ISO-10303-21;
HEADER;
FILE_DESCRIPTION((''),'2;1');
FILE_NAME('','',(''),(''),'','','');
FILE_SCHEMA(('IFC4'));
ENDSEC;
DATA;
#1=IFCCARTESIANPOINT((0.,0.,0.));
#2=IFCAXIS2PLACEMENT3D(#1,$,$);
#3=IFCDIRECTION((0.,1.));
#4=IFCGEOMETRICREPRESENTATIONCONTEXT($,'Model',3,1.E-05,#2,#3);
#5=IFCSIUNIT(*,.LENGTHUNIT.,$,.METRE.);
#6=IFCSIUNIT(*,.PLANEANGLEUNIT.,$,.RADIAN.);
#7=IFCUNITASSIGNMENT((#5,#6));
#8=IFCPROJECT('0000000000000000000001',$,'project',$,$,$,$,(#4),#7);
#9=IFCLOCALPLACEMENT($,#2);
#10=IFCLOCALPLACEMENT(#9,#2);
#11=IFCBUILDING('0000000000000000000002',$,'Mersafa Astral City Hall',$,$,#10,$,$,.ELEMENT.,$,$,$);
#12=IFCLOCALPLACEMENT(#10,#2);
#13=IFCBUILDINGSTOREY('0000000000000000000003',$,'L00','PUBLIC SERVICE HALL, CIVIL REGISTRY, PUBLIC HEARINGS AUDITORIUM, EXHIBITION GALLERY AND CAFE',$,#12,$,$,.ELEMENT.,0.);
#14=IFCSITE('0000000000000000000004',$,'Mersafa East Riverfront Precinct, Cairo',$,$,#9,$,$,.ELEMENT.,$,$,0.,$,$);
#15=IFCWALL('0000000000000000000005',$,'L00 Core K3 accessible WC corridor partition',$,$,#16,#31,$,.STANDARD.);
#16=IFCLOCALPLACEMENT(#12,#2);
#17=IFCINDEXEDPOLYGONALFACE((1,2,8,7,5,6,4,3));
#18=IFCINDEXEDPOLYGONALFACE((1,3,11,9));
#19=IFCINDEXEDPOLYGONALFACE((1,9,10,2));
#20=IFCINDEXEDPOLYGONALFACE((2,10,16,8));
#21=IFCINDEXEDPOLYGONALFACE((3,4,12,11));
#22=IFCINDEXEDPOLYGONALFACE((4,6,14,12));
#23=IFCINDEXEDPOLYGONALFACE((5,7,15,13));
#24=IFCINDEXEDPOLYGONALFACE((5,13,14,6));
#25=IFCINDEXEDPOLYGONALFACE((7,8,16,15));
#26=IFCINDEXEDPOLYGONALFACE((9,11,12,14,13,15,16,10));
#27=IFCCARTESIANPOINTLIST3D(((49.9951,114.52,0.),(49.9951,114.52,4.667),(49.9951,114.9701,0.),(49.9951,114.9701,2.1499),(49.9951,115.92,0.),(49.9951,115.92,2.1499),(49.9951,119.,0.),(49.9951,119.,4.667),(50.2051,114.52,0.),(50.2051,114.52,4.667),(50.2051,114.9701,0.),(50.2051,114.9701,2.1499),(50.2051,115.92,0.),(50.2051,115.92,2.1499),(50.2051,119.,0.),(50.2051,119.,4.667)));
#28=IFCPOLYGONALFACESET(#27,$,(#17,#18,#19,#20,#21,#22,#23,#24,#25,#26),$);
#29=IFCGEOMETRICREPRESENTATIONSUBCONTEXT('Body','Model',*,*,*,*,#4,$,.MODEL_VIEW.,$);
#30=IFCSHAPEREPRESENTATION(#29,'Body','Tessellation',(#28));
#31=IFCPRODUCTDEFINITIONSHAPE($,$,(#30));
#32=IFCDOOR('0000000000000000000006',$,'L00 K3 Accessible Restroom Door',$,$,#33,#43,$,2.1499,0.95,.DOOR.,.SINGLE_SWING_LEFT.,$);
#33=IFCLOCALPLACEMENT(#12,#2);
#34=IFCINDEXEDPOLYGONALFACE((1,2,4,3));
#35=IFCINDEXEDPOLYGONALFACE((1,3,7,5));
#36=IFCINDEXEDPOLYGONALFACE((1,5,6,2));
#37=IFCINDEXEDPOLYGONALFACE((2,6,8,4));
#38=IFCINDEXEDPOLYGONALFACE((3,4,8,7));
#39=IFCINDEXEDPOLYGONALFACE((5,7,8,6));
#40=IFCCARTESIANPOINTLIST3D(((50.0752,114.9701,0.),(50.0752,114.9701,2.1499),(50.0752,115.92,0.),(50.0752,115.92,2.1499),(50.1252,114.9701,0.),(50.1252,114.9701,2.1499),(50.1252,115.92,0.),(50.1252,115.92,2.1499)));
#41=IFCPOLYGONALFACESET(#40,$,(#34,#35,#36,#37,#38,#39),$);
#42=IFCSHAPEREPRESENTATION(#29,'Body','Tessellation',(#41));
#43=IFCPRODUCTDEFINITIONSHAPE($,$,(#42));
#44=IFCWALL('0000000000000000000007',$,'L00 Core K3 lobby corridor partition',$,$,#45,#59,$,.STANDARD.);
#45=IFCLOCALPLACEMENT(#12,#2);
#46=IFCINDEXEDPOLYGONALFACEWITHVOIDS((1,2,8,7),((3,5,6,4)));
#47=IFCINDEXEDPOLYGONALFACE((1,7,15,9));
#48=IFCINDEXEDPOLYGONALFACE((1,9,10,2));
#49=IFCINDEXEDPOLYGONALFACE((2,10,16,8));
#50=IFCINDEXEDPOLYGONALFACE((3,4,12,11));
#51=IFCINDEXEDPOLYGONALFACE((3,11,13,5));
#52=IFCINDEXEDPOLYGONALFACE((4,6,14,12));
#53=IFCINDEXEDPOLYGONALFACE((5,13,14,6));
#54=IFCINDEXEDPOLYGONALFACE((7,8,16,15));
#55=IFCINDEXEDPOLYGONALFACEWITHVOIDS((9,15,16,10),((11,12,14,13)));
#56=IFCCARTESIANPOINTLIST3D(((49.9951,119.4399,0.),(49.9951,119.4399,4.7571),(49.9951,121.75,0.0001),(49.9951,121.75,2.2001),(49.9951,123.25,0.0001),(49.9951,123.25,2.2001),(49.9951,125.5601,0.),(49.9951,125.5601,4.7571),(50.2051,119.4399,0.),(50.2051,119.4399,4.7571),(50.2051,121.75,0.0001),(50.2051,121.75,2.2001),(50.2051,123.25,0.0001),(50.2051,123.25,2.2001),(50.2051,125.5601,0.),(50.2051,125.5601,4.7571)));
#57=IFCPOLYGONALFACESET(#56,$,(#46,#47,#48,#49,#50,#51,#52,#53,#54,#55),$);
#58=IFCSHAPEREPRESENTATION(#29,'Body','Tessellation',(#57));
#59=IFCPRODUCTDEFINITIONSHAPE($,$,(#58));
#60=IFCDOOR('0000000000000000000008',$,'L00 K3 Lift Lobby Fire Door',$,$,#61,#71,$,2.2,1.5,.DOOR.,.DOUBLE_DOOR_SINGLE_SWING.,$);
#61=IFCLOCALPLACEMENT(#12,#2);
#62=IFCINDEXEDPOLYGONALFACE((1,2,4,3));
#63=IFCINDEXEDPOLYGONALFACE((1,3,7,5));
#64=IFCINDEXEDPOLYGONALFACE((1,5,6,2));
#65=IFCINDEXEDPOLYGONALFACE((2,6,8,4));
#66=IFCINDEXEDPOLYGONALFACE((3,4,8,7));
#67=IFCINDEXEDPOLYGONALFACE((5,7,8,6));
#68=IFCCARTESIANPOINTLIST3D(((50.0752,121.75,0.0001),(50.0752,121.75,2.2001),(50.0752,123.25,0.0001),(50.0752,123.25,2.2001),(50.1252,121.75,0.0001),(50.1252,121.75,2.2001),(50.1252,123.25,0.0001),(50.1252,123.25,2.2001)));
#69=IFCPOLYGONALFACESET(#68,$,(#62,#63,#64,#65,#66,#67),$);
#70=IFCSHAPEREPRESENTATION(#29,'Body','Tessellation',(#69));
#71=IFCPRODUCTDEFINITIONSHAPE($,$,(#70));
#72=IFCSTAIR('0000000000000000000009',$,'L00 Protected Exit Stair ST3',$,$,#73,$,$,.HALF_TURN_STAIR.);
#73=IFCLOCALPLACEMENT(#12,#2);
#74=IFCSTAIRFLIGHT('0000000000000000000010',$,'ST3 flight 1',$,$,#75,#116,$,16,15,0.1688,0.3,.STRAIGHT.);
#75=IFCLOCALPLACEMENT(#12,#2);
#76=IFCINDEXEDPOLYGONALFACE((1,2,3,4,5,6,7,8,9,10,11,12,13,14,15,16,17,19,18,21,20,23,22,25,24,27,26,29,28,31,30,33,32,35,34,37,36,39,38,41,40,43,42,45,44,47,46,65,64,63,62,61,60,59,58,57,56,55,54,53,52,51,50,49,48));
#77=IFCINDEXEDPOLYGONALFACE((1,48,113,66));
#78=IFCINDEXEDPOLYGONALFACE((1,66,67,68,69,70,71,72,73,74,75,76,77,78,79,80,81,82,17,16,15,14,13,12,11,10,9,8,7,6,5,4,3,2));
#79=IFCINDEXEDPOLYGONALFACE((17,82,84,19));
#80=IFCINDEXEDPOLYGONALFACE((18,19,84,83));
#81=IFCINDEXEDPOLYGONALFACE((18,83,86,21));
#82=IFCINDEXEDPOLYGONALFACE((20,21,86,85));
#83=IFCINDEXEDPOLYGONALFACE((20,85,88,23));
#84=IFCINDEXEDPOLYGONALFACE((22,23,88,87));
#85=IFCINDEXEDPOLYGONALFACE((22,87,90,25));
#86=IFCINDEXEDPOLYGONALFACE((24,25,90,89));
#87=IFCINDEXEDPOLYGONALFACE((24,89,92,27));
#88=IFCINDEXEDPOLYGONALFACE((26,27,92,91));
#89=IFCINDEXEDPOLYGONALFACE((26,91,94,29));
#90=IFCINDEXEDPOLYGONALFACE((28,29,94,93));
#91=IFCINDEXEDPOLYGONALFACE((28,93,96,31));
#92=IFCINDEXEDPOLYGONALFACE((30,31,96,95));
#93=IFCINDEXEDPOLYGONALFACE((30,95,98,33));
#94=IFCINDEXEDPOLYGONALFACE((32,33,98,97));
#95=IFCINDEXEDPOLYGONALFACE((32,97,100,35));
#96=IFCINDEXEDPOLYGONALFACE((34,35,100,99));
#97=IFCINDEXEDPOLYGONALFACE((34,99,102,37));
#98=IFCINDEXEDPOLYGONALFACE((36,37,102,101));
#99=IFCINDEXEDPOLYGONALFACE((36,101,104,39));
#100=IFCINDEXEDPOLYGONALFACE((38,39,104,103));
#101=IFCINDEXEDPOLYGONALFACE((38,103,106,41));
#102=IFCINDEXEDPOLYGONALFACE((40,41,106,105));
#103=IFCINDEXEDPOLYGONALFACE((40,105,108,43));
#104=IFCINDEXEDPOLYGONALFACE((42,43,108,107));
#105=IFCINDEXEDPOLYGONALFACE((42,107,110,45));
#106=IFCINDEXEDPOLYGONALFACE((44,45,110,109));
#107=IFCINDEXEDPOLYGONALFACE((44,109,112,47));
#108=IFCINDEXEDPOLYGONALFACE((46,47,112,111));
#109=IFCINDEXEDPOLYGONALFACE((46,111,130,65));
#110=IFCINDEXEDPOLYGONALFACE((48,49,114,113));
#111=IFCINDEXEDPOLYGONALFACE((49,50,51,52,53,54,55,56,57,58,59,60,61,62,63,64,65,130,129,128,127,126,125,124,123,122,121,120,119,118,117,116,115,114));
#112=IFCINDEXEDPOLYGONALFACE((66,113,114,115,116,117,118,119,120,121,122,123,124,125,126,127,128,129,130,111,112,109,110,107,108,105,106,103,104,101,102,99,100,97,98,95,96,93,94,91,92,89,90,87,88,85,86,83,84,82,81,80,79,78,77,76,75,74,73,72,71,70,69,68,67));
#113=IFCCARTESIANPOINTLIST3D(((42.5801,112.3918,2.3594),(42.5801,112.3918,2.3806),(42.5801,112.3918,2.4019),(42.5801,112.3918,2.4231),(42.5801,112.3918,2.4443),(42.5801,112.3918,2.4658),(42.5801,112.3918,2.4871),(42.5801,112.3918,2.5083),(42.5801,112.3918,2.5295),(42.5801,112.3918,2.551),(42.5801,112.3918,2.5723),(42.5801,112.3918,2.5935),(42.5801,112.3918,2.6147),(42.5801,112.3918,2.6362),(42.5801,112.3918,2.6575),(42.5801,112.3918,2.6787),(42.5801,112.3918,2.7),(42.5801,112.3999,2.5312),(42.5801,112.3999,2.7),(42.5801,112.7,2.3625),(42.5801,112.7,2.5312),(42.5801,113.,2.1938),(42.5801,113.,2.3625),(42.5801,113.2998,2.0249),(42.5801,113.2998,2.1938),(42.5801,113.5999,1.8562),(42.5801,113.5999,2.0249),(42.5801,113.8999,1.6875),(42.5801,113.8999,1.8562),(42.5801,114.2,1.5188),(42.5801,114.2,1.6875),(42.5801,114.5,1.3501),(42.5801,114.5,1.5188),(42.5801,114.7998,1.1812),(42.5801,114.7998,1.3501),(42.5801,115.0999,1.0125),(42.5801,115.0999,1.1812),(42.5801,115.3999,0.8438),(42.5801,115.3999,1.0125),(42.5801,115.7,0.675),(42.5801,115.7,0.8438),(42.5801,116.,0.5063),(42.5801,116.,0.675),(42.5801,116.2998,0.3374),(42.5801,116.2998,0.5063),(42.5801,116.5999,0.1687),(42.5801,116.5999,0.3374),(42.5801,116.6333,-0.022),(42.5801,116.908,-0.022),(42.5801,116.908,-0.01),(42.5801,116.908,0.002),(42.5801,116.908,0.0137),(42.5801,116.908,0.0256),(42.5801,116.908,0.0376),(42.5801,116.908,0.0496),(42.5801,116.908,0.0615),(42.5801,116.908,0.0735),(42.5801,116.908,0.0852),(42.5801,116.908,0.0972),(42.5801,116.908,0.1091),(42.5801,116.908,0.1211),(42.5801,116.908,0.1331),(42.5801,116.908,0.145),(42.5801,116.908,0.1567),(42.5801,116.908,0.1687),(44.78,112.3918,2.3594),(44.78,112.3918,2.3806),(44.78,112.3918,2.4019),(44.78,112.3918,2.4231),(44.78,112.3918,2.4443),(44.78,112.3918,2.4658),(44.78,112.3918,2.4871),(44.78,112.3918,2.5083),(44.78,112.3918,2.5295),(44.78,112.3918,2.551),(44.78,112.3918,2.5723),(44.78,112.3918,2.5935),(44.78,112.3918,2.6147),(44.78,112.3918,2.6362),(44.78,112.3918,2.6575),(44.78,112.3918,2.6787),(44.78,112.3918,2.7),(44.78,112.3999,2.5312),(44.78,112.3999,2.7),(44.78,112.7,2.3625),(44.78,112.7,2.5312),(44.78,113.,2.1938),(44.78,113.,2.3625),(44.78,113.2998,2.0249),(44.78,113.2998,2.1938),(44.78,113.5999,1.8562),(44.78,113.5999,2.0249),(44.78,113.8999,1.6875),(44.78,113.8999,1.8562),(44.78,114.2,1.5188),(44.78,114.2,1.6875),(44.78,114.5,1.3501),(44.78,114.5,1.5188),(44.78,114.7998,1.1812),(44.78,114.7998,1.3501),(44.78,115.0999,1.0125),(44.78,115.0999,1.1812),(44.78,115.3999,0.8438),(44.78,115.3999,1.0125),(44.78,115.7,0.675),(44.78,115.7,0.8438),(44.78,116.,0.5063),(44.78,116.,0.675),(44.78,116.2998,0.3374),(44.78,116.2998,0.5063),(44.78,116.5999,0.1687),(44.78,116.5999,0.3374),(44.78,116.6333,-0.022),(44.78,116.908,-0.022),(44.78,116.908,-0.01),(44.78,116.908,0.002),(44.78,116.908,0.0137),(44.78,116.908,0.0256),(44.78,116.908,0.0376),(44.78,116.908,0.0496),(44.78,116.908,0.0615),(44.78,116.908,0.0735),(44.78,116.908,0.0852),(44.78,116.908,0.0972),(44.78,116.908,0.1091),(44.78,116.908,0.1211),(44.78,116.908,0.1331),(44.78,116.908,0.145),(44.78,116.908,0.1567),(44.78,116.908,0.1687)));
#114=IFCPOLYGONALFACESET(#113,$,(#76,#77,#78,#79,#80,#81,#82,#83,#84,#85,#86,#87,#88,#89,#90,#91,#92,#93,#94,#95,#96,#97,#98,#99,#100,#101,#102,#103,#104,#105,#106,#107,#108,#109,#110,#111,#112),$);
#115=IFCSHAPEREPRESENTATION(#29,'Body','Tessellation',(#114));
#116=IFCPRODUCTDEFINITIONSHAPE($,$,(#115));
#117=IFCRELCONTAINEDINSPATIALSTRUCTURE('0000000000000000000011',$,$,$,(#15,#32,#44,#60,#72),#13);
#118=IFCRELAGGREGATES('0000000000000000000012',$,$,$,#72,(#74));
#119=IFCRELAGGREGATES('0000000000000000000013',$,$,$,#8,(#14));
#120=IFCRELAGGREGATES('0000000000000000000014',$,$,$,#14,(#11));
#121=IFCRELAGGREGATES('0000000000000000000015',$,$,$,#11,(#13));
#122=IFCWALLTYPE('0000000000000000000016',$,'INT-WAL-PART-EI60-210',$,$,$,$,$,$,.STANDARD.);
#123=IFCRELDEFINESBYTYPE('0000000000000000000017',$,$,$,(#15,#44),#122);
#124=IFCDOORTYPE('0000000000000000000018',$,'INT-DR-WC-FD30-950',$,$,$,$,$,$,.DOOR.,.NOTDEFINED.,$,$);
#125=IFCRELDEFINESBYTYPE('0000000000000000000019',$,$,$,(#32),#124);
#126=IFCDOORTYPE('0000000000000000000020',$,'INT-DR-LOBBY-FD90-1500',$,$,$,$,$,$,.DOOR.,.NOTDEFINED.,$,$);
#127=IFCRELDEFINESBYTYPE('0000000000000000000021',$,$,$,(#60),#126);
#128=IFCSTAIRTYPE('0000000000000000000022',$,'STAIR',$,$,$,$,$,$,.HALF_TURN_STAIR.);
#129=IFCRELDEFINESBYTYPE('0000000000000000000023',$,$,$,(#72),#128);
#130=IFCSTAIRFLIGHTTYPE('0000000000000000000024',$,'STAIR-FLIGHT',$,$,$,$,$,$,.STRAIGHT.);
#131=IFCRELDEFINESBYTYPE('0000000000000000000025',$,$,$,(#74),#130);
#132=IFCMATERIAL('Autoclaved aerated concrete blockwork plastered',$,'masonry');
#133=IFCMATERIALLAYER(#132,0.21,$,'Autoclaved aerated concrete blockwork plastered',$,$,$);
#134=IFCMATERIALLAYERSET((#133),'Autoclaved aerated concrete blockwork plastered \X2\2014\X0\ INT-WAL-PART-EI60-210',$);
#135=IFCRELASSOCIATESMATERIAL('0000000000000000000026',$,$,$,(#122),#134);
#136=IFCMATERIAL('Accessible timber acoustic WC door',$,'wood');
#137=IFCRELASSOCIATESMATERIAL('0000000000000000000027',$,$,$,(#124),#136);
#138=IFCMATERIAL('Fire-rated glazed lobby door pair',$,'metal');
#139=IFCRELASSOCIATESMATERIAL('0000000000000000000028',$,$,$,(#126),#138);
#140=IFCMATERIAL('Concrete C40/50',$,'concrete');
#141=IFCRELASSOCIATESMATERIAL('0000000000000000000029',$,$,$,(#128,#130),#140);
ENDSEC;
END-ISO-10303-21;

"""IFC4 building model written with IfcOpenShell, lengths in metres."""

from ifc_helpers import new_model, si_unit, direction, frame, frame_2d, origin, place, context, subcontext, project, spatial, polyline, rectangle, outline, extrude, material, layer, layer_set, type_object, element, fill, aggregate, save


model = new_model("IFC4")

# Units and contexts
model_context = context("Model", 3, precision=1e-05, world=origin(), true_north=direction((0.0, 1.0)))
body_context = subcontext(model_context, "Body", "Model", "MODEL_VIEW")
ifc_project = project(units=[si_unit("LENGTHUNIT", "METRE"), si_unit("PLANEANGLEUNIT", "RADIAN")], contexts=[model_context])

# Site, building, storey
site_placement = place(None, origin())
site = spatial("IfcSite", under=ifc_project, at=site_placement, Name="Mersafa East Riverfront Precinct, Cairo", CompositionType="ELEMENT", RefElevation=0.0)
building_placement = place(site_placement, origin())
building = spatial("IfcBuilding", under=site, at=building_placement, Name="Mersafa Astral City Hall", CompositionType="ELEMENT")
storey_placement = place(building_placement, origin())
storey = spatial("IfcBuildingStorey", under=building, at=storey_placement, Name="L00", Description="PUBLIC SERVICE HALL, CIVIL REGISTRY, PUBLIC HEARINGS AUDITORIUM, EXHIBITION GALLERY AND CAFE", CompositionType="ELEMENT", Elevation=0.0)

# Shared definitions
ifc_material_1 = material(Name="Concrete C40/50", Category="concrete")

# Walls, openings, doors
ifc_material_2 = material(Name="Autoclaved aerated concrete blockwork plastered", Category="masonry")
ifc_layer_1 = layer(ifc_material_2, 0.21, Name="Autoclaved aerated concrete blockwork plastered")
ifc_layer_set_1 = layer_set([ifc_layer_1], Name="Autoclaved aerated concrete blockwork plastered — INT-WAL-PART-EI60-210")
wall_type_1 = type_object("IfcWallType", Name="INT-WAL-PART-EI60-210", PredefinedType="STANDARD", material=ifc_layer_set_1)
wall_1_placement = place(storey_placement, frame((50.1001, 114.52, 0.0), z_axis=(0.0, 0.0, 1.0), x_axis=(0.0, 1.0, 0.0)))
wall_1 = element("IfcWall", 1, at=wall_1_placement, inside=storey, type_object=wall_type_1, Name="L00 Core K3 accessible WC corridor partition", PredefinedType="STANDARD", context=body_context, shape_type="SweptSolid", body=[
    extrude(rectangle(XDim=4.48, YDim=0.21, at=frame_2d((2.24, 0.0))), origin(), (0.0, 0.0, 1.0), 4.667),
])
opening_1_placement = place(wall_1_placement, frame((0.45, 0.0, 0.0)))
opening_1 = element("IfcOpeningElement", 2, at=opening_1_placement, cuts=wall_1, PredefinedType="OPENING", context=body_context, shape_type="SweptSolid", body=[
    extrude(rectangle(XDim=0.95, YDim=2.1499, at=frame_2d((0.4751, 1.075))), frame((0.0, 0.115, 0.0), z_axis=(0.0, -1.0, 0.0), x_axis=(1.0, 0.0, 0.0)), (0.0, 0.0, 1.0), 0.23),
])
ifc_material_3 = material(Name="Accessible timber acoustic WC door", Category="wood")
door_type_1 = type_object("IfcDoorType", Name="INT-DR-WC-FD30-950", OperationType="NOTDEFINED", PredefinedType="DOOR", material=ifc_material_3)
door_1_placement = place(opening_1_placement, origin())
door_1 = element("IfcDoor", 3, at=door_1_placement, inside=storey, type_object=door_type_1, Name="L00 K3 Accessible Restroom Door", OperationType="SINGLE_SWING_LEFT", OverallHeight=2.1499, OverallWidth=0.95, PredefinedType="DOOR", context=body_context, shape_type="SweptSolid", body=[
    extrude(rectangle(XDim=0.95, YDim=2.1499, at=frame_2d((0.4751, 1.075))), frame((0.0, 0.0249, 0.0), z_axis=(0.0, -1.0, 0.0), x_axis=(1.0, 0.0, 0.0)), (0.0, 0.0, 1.0), 0.05),
])
fill(opening_1, door_1)
wall_2_placement = place(storey_placement, frame((50.1001, 119.4399, 0.0), z_axis=(0.0, 0.0, 1.0), x_axis=(0.0, 1.0, 0.0)))
wall_2 = element("IfcWall", 4, at=wall_2_placement, inside=storey, type_object=wall_type_1, Name="L00 Core K3 lobby corridor partition", PredefinedType="STANDARD", context=body_context, shape_type="SweptSolid", body=[
    extrude(rectangle(XDim=6.1201, YDim=0.21, at=frame_2d((3.0601, 0.0))), origin(), (0.0, 0.0, 1.0), 4.7571),
])
opening_2_placement = place(wall_2_placement, frame((2.3101, 0.0, 0.0)))
opening_2 = element("IfcOpeningElement", 5, at=opening_2_placement, cuts=wall_2, PredefinedType="OPENING", context=body_context, shape_type="SweptSolid", body=[
    extrude(rectangle(XDim=1.5, YDim=2.2, at=frame_2d((0.75, 1.1001))), frame((0.0, 0.115, 0.0), z_axis=(0.0, -1.0, 0.0), x_axis=(1.0, 0.0, 0.0)), (0.0, 0.0, 1.0), 0.23),
])
ifc_material_4 = material(Name="Fire-rated glazed lobby door pair", Category="metal")
door_type_2 = type_object("IfcDoorType", Name="INT-DR-LOBBY-FD90-1500", OperationType="NOTDEFINED", PredefinedType="DOOR", material=ifc_material_4)
door_2_placement = place(opening_2_placement, origin())
door_2 = element("IfcDoor", 6, at=door_2_placement, inside=storey, type_object=door_type_2, Name="L00 K3 Lift Lobby Fire Door", OperationType="DOUBLE_DOOR_SINGLE_SWING", OverallHeight=2.2, OverallWidth=1.5, PredefinedType="DOOR", context=body_context, shape_type="SweptSolid", body=[
    extrude(rectangle(XDim=1.5, YDim=2.2, at=frame_2d((0.75, 1.1001))), frame((0.0, 0.0249, 0.0), z_axis=(0.0, -1.0, 0.0), x_axis=(1.0, 0.0, 0.0)), (0.0, 0.0, 1.0), 0.05),
])
fill(opening_2, door_2)

# Stair, stair flight
stair_type = type_object("IfcStairType", Name="STAIR", PredefinedType="HALF_TURN_STAIR", material=ifc_material_1)
stair_placement = place(storey_placement, origin())
stair = element("IfcStair", 7, at=stair_placement, inside=storey, type_object=stair_type, Name="L00 Protected Exit Stair ST3", PredefinedType="HALF_TURN_STAIR")
stair_flight_type = type_object("IfcStairFlightType", Name="STAIR-FLIGHT", PredefinedType="STRAIGHT", material=ifc_material_1)
stair_flight_placement = place(storey_placement, frame((43.6799, 116.8999, 0.0), z_axis=(0.0, 0.0, 1.0), x_axis=(0.0, -1.0, 0.0)))
stair_flight = element("IfcStairFlight", 8, at=stair_flight_placement, type_object=stair_flight_type, Name="ST3 flight 1", NumberOfRisers=16, NumberOfTreads=15, PredefinedType="STRAIGHT", RiserHeight=0.1688, TreadLength=0.3, context=body_context, shape_type="SweptSolid", body=[
    extrude(outline(polyline([(-0.0081, -0.022), (-0.0081, -0.01), (-0.0081, 0.002), (-0.0081, 0.0137), (-0.0081, 0.0256), (-0.0081, 0.0376), (-0.0081, 0.0496), (-0.0081, 0.0615), (-0.0081, 0.0735), (-0.0081, 0.0852), (-0.0081, 0.0972), (-0.0081, 0.1091), (-0.0081, 0.1211), (-0.0081, 0.1331), (-0.0081, 0.145), (-0.0081, 0.1567), (-0.0081, 0.1687), (0.3, 0.1687), (0.3, 0.3374), (0.6001, 0.3374), (0.6001, 0.5063), (0.8999, 0.5063), (0.8999, 0.675), (1.2, 0.675), (1.2, 0.8438), (1.5, 0.8438), (1.5, 1.0125), (1.8, 1.0125), (1.8, 1.1812), (2.1001, 1.1812), (2.1001, 1.3501), (2.3999, 1.3501), (2.3999, 1.5188), (2.7, 1.5188), (2.7, 1.6875), (3.0, 1.6875), (3.0, 1.8562), (3.3, 1.8562), (3.3, 2.0249), (3.6001, 2.0249), (3.6001, 2.1938), (3.8999, 2.1938), (3.8999, 2.3625), (4.2, 2.3625), (4.2, 2.5312), (4.5, 2.5312), (4.5, 2.7), (4.5081, 2.7), (4.5081, 2.6787), (4.5081, 2.6575), (4.5081, 2.6362), (4.5081, 2.6147), (4.5081, 2.5935), (4.5081, 2.5723), (4.5081, 2.551), (4.5081, 2.5295), (4.5081, 2.5083), (4.5081, 2.4871), (4.5081, 2.4658), (4.5081, 2.4443), (4.5081, 2.4231), (4.5081, 2.4019), (4.5081, 2.3806), (4.5081, 2.3594), (0.2666, -0.022), (-0.0081, -0.022)])), frame((0.0, 1.1001, 0.0), z_axis=(0.0, -1.0, 0.0), x_axis=(1.0, 0.0, 0.0)), (0.0, 0.0, 1.0), 2.2),
])
aggregate(stair, [stair_flight])

save(model, "model.ifc")
